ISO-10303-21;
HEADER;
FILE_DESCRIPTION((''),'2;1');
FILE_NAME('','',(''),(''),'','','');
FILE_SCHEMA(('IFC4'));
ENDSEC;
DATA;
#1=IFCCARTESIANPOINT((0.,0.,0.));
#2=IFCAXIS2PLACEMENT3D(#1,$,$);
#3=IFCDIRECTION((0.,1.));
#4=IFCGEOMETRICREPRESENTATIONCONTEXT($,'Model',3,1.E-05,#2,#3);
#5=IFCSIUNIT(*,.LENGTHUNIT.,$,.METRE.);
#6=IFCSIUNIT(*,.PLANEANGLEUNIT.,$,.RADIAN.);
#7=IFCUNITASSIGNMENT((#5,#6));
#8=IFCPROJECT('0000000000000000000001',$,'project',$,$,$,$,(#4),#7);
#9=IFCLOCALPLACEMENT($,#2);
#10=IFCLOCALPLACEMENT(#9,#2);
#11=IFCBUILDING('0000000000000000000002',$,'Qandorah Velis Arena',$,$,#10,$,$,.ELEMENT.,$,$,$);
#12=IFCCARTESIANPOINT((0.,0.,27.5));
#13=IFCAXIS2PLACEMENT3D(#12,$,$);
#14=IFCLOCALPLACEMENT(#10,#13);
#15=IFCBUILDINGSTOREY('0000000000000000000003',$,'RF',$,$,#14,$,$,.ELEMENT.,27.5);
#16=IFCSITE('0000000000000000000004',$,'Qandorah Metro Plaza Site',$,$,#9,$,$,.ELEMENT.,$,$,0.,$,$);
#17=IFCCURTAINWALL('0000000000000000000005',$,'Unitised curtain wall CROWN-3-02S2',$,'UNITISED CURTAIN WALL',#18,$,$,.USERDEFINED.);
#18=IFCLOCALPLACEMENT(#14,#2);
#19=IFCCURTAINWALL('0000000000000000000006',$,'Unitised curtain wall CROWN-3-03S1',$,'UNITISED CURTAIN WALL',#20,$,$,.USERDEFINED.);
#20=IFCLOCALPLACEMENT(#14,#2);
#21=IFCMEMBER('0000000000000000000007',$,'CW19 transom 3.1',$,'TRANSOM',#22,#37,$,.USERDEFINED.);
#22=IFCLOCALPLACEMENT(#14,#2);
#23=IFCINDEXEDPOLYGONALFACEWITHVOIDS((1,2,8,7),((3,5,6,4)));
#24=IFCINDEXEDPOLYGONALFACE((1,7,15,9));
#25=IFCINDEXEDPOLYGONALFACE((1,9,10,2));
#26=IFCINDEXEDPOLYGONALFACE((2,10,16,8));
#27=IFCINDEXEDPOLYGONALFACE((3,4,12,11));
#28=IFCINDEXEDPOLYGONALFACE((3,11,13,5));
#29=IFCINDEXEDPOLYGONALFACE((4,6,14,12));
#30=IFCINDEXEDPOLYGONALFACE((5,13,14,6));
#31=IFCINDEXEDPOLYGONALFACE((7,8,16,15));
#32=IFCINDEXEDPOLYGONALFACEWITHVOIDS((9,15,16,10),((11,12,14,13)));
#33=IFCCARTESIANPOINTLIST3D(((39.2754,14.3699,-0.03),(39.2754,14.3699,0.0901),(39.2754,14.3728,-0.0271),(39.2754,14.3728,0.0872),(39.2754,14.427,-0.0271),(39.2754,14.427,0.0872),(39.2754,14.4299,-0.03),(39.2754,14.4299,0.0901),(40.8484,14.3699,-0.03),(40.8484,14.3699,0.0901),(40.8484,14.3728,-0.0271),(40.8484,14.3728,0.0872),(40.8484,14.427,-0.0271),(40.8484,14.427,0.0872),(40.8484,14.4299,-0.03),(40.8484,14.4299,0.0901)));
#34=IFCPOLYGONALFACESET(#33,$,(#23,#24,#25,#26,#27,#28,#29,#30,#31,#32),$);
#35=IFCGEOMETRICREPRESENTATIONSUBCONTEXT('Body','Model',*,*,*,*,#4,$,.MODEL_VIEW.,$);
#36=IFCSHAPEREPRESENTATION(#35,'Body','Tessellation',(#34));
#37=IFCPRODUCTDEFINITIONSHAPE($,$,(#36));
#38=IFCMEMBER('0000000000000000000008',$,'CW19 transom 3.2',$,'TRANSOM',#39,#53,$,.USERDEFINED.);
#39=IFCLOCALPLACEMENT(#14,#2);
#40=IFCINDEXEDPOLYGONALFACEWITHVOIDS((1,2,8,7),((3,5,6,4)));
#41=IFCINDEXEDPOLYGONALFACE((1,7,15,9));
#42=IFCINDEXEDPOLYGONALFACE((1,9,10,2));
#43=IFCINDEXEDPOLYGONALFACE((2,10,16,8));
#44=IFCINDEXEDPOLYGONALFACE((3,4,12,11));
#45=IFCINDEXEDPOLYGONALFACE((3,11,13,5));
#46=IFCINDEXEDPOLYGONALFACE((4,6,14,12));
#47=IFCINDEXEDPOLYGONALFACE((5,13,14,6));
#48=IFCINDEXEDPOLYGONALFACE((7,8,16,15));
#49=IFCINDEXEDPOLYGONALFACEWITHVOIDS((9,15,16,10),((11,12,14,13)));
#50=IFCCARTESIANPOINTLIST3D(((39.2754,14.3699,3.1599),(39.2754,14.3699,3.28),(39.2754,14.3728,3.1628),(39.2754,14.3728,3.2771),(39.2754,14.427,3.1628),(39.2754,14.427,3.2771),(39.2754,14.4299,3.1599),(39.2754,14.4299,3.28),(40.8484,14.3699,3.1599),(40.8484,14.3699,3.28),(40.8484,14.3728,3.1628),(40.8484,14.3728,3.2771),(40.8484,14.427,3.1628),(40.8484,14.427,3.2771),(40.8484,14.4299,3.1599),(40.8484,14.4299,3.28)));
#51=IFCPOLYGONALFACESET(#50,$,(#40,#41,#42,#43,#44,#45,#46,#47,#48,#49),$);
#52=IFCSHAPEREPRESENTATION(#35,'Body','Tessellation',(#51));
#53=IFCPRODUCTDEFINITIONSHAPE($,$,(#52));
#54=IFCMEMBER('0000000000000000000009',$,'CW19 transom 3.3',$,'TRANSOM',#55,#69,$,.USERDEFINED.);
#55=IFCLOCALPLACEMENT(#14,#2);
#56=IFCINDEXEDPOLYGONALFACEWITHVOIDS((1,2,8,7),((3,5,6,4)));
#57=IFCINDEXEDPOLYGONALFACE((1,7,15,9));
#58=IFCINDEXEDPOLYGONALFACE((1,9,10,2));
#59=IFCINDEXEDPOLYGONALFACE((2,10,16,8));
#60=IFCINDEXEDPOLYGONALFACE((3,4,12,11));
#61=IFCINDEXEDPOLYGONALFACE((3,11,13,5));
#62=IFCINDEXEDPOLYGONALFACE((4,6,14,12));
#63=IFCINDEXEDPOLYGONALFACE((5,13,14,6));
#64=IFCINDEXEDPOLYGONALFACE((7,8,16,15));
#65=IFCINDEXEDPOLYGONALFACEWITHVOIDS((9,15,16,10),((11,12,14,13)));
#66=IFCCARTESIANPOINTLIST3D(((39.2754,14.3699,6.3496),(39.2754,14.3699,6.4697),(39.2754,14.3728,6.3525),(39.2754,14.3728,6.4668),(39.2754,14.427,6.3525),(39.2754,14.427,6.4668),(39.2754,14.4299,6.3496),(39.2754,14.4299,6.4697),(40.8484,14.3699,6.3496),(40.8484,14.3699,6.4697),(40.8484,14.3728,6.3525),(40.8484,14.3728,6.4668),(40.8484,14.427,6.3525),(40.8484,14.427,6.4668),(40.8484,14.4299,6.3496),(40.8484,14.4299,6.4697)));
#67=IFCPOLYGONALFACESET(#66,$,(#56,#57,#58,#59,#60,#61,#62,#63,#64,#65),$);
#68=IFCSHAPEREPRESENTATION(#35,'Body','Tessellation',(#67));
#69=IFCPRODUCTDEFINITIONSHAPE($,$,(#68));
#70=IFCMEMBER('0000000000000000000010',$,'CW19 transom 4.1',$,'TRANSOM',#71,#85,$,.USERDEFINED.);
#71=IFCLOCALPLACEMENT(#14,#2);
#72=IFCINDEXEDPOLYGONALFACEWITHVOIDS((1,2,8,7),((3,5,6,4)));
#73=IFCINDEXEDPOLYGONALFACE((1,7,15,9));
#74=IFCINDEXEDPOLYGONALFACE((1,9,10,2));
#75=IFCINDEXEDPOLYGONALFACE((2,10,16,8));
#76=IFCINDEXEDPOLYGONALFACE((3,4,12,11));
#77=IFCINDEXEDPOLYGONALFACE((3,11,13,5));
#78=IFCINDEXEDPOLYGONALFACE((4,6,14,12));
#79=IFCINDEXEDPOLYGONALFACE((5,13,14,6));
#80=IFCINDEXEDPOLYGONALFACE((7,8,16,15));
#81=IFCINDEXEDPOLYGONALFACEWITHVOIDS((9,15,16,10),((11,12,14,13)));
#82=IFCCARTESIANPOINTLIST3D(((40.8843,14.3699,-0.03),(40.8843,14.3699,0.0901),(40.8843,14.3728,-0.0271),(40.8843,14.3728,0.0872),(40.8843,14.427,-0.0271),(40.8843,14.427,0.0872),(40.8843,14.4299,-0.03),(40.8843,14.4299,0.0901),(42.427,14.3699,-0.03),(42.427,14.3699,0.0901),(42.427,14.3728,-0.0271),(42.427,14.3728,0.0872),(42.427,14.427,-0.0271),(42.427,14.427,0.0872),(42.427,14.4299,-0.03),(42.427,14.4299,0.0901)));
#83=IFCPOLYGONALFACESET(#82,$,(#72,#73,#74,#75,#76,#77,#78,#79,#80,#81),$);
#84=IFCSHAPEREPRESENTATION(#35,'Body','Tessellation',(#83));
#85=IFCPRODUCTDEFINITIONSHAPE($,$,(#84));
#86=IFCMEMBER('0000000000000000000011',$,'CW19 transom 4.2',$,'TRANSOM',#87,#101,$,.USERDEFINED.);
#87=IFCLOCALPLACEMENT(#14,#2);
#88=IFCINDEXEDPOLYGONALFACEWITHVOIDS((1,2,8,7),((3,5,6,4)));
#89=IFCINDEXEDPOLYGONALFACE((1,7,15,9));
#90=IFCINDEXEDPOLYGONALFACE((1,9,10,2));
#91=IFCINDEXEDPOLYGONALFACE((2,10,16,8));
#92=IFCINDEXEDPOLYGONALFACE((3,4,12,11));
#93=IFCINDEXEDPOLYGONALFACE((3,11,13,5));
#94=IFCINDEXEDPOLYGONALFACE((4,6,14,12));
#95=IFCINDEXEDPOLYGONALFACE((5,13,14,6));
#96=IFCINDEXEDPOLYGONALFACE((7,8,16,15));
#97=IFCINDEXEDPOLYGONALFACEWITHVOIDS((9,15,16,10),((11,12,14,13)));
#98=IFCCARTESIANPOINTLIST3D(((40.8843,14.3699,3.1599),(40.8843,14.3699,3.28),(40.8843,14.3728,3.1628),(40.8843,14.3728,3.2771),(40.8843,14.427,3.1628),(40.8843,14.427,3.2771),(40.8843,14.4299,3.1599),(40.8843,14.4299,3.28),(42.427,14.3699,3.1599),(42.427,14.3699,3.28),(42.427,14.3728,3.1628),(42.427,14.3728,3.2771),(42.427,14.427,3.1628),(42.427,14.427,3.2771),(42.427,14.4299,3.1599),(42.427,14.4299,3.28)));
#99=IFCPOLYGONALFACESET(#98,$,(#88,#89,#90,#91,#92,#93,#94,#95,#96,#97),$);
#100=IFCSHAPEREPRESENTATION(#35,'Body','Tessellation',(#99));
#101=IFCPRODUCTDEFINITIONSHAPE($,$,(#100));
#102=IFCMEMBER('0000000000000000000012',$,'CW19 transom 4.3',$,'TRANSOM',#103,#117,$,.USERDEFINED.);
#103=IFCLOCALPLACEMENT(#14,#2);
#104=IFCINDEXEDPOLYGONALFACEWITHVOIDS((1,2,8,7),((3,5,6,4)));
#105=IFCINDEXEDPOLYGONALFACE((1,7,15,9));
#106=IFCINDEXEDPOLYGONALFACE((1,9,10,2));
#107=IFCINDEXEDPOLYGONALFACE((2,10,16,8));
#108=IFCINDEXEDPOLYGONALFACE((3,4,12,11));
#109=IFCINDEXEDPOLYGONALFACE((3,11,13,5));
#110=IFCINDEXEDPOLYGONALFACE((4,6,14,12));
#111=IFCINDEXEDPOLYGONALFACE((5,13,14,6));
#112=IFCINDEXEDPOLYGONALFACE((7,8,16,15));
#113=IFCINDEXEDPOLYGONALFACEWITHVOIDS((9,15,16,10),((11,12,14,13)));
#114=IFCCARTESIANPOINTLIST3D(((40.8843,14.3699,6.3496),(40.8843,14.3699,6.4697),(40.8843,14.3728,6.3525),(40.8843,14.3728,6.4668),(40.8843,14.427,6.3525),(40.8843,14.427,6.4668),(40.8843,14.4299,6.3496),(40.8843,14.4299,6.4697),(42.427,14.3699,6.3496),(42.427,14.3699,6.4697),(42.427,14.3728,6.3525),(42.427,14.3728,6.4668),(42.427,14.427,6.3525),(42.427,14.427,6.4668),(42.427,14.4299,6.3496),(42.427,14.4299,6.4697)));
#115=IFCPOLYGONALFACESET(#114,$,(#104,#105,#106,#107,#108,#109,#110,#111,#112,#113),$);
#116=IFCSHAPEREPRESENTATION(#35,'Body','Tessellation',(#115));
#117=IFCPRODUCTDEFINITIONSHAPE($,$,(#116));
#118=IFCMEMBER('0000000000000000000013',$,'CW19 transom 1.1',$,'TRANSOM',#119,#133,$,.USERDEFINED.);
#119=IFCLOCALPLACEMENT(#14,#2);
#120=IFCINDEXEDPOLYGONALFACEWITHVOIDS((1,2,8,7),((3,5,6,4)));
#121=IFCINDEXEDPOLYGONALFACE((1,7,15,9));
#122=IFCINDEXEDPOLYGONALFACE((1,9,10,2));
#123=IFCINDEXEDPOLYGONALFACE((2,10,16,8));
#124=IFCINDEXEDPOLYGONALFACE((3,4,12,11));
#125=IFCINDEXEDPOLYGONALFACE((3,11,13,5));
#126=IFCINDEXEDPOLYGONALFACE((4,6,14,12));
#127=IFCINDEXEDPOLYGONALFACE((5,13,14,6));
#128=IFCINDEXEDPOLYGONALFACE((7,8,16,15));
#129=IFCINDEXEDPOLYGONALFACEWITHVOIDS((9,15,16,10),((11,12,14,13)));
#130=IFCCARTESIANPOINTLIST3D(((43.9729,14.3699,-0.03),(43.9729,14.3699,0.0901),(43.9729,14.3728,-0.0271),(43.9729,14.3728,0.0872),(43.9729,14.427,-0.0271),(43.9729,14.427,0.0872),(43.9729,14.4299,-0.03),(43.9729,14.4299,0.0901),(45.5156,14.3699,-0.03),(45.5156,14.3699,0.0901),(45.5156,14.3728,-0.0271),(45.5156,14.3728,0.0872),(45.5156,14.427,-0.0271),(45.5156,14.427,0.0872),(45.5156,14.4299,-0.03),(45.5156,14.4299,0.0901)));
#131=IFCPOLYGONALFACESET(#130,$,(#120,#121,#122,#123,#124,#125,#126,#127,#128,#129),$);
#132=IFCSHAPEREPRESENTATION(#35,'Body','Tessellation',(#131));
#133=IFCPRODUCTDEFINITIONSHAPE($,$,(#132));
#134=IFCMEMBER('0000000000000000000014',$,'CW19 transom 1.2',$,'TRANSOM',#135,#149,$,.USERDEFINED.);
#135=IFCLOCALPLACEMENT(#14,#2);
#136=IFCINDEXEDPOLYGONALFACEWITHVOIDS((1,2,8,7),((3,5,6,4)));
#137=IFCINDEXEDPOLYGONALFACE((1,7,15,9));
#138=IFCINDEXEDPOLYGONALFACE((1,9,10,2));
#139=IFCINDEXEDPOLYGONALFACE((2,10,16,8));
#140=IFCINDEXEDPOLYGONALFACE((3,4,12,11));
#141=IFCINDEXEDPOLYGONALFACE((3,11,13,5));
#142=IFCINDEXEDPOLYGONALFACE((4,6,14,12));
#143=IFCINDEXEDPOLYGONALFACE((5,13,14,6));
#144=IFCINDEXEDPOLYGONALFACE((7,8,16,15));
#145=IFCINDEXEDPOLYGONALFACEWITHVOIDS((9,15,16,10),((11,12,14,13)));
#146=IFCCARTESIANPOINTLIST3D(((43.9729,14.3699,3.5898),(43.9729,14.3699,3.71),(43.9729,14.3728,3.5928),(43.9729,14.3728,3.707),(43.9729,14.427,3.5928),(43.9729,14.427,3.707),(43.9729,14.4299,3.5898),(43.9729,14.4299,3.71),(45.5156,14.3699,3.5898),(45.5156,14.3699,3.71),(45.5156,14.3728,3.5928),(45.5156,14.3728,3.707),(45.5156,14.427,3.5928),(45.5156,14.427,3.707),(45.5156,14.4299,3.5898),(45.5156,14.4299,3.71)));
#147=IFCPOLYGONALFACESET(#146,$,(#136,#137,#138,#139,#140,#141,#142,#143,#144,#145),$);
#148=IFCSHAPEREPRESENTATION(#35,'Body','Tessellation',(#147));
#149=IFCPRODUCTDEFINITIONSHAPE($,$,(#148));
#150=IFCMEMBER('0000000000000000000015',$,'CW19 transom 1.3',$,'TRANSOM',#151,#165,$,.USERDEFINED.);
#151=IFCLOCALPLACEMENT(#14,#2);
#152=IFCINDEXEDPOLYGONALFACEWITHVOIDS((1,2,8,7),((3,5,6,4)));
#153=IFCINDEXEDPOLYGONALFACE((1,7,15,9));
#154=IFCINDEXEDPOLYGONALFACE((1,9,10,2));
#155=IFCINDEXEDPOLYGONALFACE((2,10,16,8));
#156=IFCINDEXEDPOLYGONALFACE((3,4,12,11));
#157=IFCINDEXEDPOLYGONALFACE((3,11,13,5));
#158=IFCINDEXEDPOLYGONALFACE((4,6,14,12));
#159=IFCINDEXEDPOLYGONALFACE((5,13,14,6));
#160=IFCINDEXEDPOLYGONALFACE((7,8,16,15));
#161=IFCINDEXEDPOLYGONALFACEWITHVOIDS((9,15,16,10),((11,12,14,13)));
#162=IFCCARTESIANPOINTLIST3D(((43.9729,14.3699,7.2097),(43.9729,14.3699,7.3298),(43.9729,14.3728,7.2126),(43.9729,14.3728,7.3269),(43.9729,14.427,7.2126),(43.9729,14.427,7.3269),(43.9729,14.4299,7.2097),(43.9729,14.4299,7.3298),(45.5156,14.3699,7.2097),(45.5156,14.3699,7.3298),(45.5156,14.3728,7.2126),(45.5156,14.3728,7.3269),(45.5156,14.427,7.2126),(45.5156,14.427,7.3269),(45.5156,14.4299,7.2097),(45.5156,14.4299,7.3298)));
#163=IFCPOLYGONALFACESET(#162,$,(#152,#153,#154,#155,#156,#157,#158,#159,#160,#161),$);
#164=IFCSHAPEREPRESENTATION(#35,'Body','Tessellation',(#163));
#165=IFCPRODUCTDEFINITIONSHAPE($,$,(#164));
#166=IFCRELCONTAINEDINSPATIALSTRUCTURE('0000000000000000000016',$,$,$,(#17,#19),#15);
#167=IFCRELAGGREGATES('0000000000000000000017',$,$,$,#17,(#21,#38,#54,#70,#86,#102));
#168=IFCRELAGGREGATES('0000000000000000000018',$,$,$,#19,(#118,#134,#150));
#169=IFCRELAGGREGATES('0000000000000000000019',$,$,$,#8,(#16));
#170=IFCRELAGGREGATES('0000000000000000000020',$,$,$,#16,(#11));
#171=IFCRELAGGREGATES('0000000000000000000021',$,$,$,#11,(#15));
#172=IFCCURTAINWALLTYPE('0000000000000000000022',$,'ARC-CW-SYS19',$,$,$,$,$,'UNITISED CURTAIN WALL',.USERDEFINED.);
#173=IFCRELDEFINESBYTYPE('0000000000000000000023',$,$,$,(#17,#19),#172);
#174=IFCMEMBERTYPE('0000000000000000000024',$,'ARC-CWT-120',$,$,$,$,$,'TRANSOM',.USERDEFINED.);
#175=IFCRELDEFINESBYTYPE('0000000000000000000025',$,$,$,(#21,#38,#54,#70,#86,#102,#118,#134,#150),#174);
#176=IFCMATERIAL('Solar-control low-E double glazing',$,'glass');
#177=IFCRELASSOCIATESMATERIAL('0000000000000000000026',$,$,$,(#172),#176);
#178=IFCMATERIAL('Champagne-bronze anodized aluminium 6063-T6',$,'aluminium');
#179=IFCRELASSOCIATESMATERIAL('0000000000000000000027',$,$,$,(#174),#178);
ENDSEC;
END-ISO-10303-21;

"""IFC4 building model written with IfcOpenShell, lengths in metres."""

from ifc_helpers import new_model, si_unit, direction, frame, origin, origin_2d, place, context, subcontext, project, spatial, hollow_rectangle, extrude, material, material_profile, profile_set, type_object, element, aggregate, save


model = new_model("IFC4")

# Units and contexts
model_context = context("Model", 3, precision=1e-05, world=origin(), true_north=direction((0.0, 1.0)))
body_context = subcontext(model_context, "Body", "Model", "MODEL_VIEW")
ifc_project = project(units=[si_unit("LENGTHUNIT", "METRE"), si_unit("PLANEANGLEUNIT", "RADIAN")], contexts=[model_context])

# Site, building, storey
site_placement = place(None, origin())
site = spatial("IfcSite", under=ifc_project, at=site_placement, Name="Qandorah Metro Plaza Site", CompositionType="ELEMENT", RefElevation=0.0)
building_placement = place(site_placement, origin())
building = spatial("IfcBuilding", under=site, at=building_placement, Name="Qandorah Velis Arena", CompositionType="ELEMENT")
storey_placement = place(building_placement, frame((0.0, 0.0, 27.5)))
storey = spatial("IfcBuildingStorey", under=building, at=storey_placement, Name="RF", CompositionType="ELEMENT", Elevation=27.5)

# Curtain walls
ifc_material_1 = material(Name="Solar-control low-E double glazing", Category="glass")
curtain_wall_type = type_object("IfcCurtainWallType", Name="ARC-CW-SYS19", ElementType="UNITISED CURTAIN WALL", PredefinedType="USERDEFINED", material=ifc_material_1)
curtain_wall_1_placement = place(storey_placement, origin())
curtain_wall_1 = element("IfcCurtainWall", 1, at=curtain_wall_1_placement, inside=storey, type_object=curtain_wall_type, Name="Unitised curtain wall CROWN-3-02S2", ObjectType="UNITISED CURTAIN WALL", PredefinedType="USERDEFINED")
ifc_material_2 = material(Name="Champagne-bronze anodized aluminium 6063-T6", Category="aluminium")
curtain_wall_2_placement = place(storey_placement, origin())
curtain_wall_2 = element("IfcCurtainWall", 2, at=curtain_wall_2_placement, inside=storey, type_object=curtain_wall_type, Name="Unitised curtain wall CROWN-3-03S1", ObjectType="UNITISED CURTAIN WALL", PredefinedType="USERDEFINED")

# Members
ifc_material_profile_1 = material_profile(ifc_material_2, hollow_rectangle(XDim=0.0601, YDim=0.1201, WallThickness=0.0029, at=origin_2d()), Name="ALU TRANSOM 60x120")
ifc_profile_set_1 = profile_set([ifc_material_profile_1], Name="Champagne-bronze anodized aluminium 6063-T6")
member_type_1 = type_object("IfcMemberType", Name="ARC-CWT-120", ElementType="TRANSOM", PredefinedType="USERDEFINED", material=ifc_profile_set_1)
member_1_placement = place(storey_placement, frame((39.2754, 14.3999, 0.03), z_axis=(1.0, 0.0, 0.0), x_axis=(0.0, 1.0, 0.0)))
member_1 = element("IfcMember", 3, at=member_1_placement, type_object=member_type_1, Name="CW19 transom 3.1", ObjectType="TRANSOM", PredefinedType="USERDEFINED", context=body_context, shape_type="SweptSolid", body=[
    extrude(hollow_rectangle(XDim=0.0601, YDim=0.1201, WallThickness=0.0029, at=origin_2d()), origin(), (0.0, 0.0, 1.0), 1.573),
])
member_2_placement = place(storey_placement, frame((39.2754, 14.3999, 3.22), z_axis=(1.0, 0.0, 0.0), x_axis=(0.0, 1.0, 0.0)))
member_2 = element("IfcMember", 4, at=member_2_placement, type_object=member_type_1, Name="CW19 transom 3.2", ObjectType="TRANSOM", PredefinedType="USERDEFINED", context=body_context, shape_type="SweptSolid", body=[
    extrude(hollow_rectangle(XDim=0.0601, YDim=0.1201, WallThickness=0.0029, at=origin_2d()), origin(), (0.0, 0.0, 1.0), 1.573),
])
member_3_placement = place(storey_placement, frame((39.2754, 14.3999, 6.4097), z_axis=(1.0, 0.0, 0.0), x_axis=(0.0, 1.0, 0.0)))
member_3 = element("IfcMember", 5, at=member_3_placement, type_object=member_type_1, Name="CW19 transom 3.3", ObjectType="TRANSOM", PredefinedType="USERDEFINED", context=body_context, shape_type="SweptSolid", body=[
    extrude(hollow_rectangle(XDim=0.0601, YDim=0.1201, WallThickness=0.0029, at=origin_2d()), origin(), (0.0, 0.0, 1.0), 1.573),
])
member_4_placement = place(storey_placement, frame((40.8843, 14.3999, 0.03), z_axis=(1.0, 0.0, 0.0), x_axis=(0.0, 1.0, 0.0)))
member_4 = element("IfcMember", 6, at=member_4_placement, type_object=member_type_1, Name="CW19 transom 4.1", ObjectType="TRANSOM", PredefinedType="USERDEFINED", context=body_context, shape_type="SweptSolid", body=[
    extrude(hollow_rectangle(XDim=0.0601, YDim=0.1201, WallThickness=0.0029, at=origin_2d()), origin(), (0.0, 0.0, 1.0), 1.5427),
])
member_5_placement = place(storey_placement, frame((40.8843, 14.3999, 3.22), z_axis=(1.0, 0.0, 0.0), x_axis=(0.0, 1.0, 0.0)))
member_5 = element("IfcMember", 7, at=member_5_placement, type_object=member_type_1, Name="CW19 transom 4.2", ObjectType="TRANSOM", PredefinedType="USERDEFINED", context=body_context, shape_type="SweptSolid", body=[
    extrude(hollow_rectangle(XDim=0.0601, YDim=0.1201, WallThickness=0.0029, at=origin_2d()), origin(), (0.0, 0.0, 1.0), 1.5427),
])
member_6_placement = place(storey_placement, frame((40.8843, 14.3999, 6.4097), z_axis=(1.0, 0.0, 0.0), x_axis=(0.0, 1.0, 0.0)))
member_6 = element("IfcMember", 8, at=member_6_placement, type_object=member_type_1, Name="CW19 transom 4.3", ObjectType="TRANSOM", PredefinedType="USERDEFINED", context=body_context, shape_type="SweptSolid", body=[
    extrude(hollow_rectangle(XDim=0.0601, YDim=0.1201, WallThickness=0.0029, at=origin_2d()), origin(), (0.0, 0.0, 1.0), 1.5427),
])
member_7_placement = place(storey_placement, frame((43.9729, 14.3999, 0.03), z_axis=(1.0, 0.0, 0.0), x_axis=(0.0, 1.0, 0.0)))
member_7 = element("IfcMember", 9, at=member_7_placement, type_object=member_type_1, Name="CW19 transom 1.1", ObjectType="TRANSOM", PredefinedType="USERDEFINED", context=body_context, shape_type="SweptSolid", body=[
    extrude(hollow_rectangle(XDim=0.0601, YDim=0.1201, WallThickness=0.0029, at=origin_2d()), origin(), (0.0, 0.0, 1.0), 1.5427),
])
member_8_placement = place(storey_placement, frame((43.9729, 14.3999, 3.6499), z_axis=(1.0, 0.0, 0.0), x_axis=(0.0, 1.0, 0.0)))
member_8 = element("IfcMember", 10, at=member_8_placement, type_object=member_type_1, Name="CW19 transom 1.2", ObjectType="TRANSOM", PredefinedType="USERDEFINED", context=body_context, shape_type="SweptSolid", body=[
    extrude(hollow_rectangle(XDim=0.0601, YDim=0.1201, WallThickness=0.0029, at=origin_2d()), origin(), (0.0, 0.0, 1.0), 1.5427),
])
member_9_placement = place(storey_placement, frame((43.9729, 14.3999, 7.2698), z_axis=(1.0, 0.0, 0.0), x_axis=(0.0, 1.0, 0.0)))
member_9 = element("IfcMember", 11, at=member_9_placement, type_object=member_type_1, Name="CW19 transom 1.3", ObjectType="TRANSOM", PredefinedType="USERDEFINED", context=body_context, shape_type="SweptSolid", body=[
    extrude(hollow_rectangle(XDim=0.0601, YDim=0.1201, WallThickness=0.0029, at=origin_2d()), origin(), (0.0, 0.0, 1.0), 1.5427),
])

aggregate(curtain_wall_1, [member_1, member_2, member_3, member_4, member_5, member_6])
aggregate(curtain_wall_2, [member_7, member_8, member_9])

save(model, "model.ifc")
